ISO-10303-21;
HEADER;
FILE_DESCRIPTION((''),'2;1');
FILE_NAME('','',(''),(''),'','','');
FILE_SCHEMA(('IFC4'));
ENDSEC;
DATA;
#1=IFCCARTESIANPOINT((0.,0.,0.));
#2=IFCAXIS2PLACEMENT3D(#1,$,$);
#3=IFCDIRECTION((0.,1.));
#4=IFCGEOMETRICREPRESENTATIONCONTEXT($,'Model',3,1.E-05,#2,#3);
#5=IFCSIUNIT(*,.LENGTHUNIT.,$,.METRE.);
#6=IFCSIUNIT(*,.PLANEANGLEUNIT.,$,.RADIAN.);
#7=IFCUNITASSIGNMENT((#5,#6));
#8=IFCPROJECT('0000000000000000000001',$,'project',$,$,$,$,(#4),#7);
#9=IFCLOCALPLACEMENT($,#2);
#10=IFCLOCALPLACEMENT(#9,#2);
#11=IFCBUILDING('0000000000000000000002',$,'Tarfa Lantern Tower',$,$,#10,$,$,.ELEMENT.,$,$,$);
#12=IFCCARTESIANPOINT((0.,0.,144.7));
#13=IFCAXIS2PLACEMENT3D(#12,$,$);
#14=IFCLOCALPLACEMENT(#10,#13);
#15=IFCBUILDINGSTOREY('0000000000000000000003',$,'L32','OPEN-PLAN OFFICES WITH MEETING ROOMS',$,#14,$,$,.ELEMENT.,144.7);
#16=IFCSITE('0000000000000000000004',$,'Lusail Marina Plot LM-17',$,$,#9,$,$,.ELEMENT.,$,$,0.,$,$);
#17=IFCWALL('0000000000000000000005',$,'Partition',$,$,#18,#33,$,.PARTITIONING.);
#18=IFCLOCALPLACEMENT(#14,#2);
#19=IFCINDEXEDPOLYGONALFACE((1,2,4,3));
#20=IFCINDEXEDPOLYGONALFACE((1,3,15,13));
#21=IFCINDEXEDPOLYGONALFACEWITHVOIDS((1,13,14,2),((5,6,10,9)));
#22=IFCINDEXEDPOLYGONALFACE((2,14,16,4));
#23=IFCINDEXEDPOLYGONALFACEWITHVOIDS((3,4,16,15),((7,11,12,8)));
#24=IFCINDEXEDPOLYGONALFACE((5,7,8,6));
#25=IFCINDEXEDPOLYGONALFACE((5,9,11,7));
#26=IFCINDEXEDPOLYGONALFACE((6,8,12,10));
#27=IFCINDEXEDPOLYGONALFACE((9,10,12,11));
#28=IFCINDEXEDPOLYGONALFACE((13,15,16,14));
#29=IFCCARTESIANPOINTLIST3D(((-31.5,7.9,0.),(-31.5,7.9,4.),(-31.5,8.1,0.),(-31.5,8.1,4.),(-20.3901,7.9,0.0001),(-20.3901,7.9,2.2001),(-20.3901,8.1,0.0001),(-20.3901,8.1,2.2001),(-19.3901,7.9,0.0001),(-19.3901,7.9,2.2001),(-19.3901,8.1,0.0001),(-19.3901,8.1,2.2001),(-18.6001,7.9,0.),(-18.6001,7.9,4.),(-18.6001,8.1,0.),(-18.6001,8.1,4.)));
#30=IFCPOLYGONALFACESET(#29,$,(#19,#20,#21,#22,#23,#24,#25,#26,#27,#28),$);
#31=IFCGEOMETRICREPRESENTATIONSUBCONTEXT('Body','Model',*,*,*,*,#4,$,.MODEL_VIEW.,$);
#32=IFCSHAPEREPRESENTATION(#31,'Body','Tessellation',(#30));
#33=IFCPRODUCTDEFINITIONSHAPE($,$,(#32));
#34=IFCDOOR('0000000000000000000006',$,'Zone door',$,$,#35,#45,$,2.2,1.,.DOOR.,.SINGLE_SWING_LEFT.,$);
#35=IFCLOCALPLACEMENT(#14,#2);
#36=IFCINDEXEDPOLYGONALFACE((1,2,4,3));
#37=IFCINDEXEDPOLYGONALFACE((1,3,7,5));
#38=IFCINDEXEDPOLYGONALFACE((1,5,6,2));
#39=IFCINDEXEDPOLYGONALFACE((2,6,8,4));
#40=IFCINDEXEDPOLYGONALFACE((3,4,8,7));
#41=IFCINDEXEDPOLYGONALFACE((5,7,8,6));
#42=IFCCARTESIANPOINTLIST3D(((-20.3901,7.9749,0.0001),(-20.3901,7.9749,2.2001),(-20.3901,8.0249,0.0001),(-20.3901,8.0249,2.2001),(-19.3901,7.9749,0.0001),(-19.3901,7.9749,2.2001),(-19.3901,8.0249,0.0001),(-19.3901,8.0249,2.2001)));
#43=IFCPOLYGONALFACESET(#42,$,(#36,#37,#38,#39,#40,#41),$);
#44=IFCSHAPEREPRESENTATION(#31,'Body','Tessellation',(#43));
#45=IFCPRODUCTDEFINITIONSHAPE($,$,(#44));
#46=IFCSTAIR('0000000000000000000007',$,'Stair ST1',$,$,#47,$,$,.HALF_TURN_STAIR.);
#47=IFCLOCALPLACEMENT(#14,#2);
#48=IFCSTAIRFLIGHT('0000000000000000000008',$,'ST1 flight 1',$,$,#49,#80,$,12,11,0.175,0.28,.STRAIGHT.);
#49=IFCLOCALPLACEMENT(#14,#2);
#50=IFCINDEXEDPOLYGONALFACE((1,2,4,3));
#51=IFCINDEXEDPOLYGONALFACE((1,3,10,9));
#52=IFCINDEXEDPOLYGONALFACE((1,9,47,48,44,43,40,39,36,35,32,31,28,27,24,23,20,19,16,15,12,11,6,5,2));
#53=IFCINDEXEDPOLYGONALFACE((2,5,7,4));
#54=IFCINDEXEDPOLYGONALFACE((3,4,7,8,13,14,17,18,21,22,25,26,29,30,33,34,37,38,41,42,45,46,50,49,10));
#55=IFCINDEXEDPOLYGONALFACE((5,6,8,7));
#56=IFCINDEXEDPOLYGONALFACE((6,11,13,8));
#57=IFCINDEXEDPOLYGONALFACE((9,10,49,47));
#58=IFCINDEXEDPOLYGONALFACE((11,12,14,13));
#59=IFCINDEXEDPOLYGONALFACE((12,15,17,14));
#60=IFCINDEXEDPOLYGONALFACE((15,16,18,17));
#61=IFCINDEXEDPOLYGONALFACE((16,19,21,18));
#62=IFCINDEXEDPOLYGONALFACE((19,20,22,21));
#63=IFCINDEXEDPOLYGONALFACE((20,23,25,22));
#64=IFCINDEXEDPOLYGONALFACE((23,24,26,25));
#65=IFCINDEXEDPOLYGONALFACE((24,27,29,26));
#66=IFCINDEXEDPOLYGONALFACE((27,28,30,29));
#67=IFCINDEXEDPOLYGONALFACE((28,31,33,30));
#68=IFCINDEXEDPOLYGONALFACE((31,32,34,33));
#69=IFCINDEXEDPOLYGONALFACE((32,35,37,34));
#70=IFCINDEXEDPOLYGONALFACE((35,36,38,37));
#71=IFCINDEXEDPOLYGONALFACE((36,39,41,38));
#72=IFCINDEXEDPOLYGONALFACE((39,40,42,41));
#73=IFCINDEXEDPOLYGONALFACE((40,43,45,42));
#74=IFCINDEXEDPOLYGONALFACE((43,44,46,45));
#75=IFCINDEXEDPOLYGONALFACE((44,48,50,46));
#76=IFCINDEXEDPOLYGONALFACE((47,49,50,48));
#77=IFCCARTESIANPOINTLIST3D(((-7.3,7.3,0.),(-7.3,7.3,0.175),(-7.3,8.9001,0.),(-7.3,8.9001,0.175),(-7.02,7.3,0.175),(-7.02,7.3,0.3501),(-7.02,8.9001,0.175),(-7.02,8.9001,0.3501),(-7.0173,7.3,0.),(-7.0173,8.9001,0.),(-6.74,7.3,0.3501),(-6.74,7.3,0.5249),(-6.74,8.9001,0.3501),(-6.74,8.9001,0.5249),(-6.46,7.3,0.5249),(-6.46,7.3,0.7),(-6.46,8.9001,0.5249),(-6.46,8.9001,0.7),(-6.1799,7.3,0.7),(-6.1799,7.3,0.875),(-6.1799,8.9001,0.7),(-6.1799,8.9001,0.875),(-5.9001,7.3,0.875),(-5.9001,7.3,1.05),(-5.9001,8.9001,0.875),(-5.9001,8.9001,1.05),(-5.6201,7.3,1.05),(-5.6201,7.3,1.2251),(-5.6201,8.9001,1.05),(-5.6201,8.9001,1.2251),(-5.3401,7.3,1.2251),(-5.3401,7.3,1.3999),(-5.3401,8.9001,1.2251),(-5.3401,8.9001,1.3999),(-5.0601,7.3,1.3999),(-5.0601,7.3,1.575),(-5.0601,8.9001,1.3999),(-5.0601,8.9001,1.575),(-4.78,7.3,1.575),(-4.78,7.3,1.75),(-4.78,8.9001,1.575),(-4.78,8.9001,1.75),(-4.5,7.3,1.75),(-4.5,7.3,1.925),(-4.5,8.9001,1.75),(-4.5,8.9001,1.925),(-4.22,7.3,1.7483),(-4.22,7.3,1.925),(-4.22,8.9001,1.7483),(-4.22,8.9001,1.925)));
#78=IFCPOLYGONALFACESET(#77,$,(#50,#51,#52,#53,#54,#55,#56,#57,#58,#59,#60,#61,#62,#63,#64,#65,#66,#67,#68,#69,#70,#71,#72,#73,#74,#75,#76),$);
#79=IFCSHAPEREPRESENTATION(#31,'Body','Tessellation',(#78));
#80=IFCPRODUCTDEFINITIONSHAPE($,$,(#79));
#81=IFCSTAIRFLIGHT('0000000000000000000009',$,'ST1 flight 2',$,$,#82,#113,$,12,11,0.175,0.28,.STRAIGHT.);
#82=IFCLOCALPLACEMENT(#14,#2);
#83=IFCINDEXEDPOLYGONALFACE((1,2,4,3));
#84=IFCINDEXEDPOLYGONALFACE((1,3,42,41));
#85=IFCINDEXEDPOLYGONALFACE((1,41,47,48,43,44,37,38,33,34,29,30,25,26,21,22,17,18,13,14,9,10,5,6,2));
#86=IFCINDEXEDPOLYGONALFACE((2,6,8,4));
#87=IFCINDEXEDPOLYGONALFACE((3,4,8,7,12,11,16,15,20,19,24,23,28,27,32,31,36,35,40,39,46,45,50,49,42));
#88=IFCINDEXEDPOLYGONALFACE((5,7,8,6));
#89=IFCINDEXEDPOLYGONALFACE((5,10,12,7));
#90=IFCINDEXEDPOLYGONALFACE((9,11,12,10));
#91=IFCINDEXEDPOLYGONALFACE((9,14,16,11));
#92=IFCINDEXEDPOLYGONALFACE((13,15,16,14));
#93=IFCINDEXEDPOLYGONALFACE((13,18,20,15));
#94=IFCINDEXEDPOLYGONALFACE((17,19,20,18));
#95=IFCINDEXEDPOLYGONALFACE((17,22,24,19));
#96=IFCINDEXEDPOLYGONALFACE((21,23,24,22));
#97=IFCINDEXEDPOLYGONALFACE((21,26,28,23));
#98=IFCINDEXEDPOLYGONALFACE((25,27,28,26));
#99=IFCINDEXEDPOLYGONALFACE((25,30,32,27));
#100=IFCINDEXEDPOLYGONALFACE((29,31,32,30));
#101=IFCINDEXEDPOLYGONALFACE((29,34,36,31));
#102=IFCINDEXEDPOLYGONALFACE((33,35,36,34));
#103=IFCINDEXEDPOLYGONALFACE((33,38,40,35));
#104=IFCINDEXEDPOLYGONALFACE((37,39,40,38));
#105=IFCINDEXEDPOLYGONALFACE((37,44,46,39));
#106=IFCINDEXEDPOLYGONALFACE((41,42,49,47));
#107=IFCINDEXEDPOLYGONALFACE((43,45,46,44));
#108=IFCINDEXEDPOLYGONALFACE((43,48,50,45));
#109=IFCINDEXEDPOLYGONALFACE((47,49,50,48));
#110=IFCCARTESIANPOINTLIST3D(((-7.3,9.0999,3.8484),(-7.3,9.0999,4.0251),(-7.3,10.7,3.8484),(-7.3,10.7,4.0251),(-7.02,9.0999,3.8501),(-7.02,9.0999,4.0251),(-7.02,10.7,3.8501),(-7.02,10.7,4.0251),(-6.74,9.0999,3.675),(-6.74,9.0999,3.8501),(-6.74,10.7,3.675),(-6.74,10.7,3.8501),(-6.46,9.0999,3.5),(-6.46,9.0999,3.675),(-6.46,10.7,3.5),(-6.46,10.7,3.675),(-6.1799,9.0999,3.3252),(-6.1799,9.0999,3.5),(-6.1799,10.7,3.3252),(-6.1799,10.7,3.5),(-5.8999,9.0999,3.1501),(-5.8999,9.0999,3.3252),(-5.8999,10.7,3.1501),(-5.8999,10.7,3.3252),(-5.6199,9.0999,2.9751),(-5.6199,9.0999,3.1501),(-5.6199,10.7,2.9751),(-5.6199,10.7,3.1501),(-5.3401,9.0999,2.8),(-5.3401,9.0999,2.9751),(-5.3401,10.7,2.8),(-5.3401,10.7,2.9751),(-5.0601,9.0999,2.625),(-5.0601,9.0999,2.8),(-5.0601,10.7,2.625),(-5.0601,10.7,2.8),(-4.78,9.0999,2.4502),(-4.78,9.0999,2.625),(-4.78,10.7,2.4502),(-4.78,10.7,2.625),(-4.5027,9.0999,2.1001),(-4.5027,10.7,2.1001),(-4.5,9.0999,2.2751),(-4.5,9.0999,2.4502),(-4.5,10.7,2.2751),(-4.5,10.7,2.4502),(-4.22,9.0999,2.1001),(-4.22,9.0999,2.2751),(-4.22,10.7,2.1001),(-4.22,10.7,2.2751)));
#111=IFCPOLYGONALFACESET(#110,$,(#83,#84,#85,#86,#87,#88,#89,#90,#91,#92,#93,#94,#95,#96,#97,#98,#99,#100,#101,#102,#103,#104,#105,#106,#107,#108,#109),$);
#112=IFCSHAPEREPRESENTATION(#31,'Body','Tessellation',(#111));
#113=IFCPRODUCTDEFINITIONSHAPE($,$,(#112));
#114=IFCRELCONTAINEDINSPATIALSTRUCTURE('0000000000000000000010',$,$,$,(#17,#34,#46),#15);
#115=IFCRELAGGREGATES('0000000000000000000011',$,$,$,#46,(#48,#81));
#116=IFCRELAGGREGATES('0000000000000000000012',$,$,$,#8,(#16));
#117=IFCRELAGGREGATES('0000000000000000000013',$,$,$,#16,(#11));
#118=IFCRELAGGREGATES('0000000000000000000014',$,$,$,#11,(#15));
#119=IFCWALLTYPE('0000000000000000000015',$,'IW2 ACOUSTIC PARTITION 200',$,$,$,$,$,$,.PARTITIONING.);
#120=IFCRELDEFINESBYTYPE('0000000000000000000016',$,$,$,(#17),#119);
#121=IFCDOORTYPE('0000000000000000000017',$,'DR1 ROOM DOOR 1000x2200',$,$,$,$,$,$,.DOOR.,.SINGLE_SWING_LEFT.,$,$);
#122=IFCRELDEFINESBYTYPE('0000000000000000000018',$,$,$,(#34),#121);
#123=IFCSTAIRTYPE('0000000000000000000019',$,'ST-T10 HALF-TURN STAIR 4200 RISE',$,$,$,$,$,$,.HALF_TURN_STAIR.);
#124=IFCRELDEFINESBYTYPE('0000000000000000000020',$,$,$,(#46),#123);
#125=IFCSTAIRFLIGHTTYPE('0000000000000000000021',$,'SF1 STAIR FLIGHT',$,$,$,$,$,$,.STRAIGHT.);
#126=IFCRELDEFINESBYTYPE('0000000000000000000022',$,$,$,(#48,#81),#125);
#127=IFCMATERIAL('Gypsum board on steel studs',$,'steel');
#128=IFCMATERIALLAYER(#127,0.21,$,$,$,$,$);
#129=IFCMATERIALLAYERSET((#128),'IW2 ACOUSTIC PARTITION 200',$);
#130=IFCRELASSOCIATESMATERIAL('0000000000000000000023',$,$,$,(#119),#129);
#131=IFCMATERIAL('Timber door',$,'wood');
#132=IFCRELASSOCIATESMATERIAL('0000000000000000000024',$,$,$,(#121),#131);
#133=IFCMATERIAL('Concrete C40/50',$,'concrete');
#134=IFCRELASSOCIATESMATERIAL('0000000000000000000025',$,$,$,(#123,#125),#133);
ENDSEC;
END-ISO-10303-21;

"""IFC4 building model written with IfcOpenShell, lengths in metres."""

from ifc_helpers import new_model, si_unit, direction, frame, frame_2d, origin, place, context, subcontext, project, spatial, polyline, rectangle, outline, extrude, material, layer, layer_set, type_object, element, fill, aggregate, save


model = new_model("IFC4")

# Units and contexts
model_context = context("Model", 3, precision=1e-05, world=origin(), true_north=direction((0.0, 1.0)))
body_context = subcontext(model_context, "Body", "Model", "MODEL_VIEW")
ifc_project = project(units=[si_unit("LENGTHUNIT", "METRE"), si_unit("PLANEANGLEUNIT", "RADIAN")], contexts=[model_context])

# Site, building, storey
site_placement = place(None, origin())
site = spatial("IfcSite", under=ifc_project, at=site_placement, Name="Lusail Marina Plot LM-17", CompositionType="ELEMENT", RefElevation=0.0)
building_placement = place(site_placement, origin())
building = spatial("IfcBuilding", under=site, at=building_placement, Name="Tarfa Lantern Tower", CompositionType="ELEMENT")
storey_placement = place(building_placement, frame((0.0, 0.0, 144.7)))
storey = spatial("IfcBuildingStorey", under=building, at=storey_placement, Name="L32", Description="OPEN-PLAN OFFICES WITH MEETING ROOMS", CompositionType="ELEMENT", Elevation=144.7)

# Shared definitions
ifc_material_1 = material(Name="Gypsum board on steel studs", Category="steel")
ifc_layer_1 = layer(ifc_material_1, 0.21)
ifc_layer_set_1 = layer_set([ifc_layer_1], Name="IW2 ACOUSTIC PARTITION 200")
wall_type_1 = type_object("IfcWallType", Name="IW2 ACOUSTIC PARTITION 200", PredefinedType="PARTITIONING", material=ifc_layer_set_1)

# Shared definitions
ifc_material_2 = material(Name="Timber door", Category="wood")

# Wall, opening, door
wall_1_placement = place(storey_placement, frame((-18.6001, 8.0, 0.0), z_axis=(0.0, 0.0, 1.0), x_axis=(-1.0, 0.0, 0.0)))
wall_1 = element("IfcWall", 1, at=wall_1_placement, inside=storey, type_object=wall_type_1, Name="Partition", PredefinedType="PARTITIONING", context=body_context, shape_type="SweptSolid", body=[
    extrude(rectangle(XDim=12.8999, YDim=0.2, at=frame_2d((6.45, 0.0))), origin(), (0.0, 0.0, 1.0), 4.0),
])
opening_1_placement = place(wall_1_placement, frame((0.79, 0.0, 0.0)))
opening_1 = element("IfcOpeningElement", 2, at=opening_1_placement, cuts=wall_1, PredefinedType="OPENING", context=body_context, shape_type="SweptSolid", body=[
    extrude(rectangle(XDim=1.0, YDim=2.2, at=frame_2d((0.5, 1.1001))), frame((0.0, 0.1099, 0.0), z_axis=(0.0, -1.0, 0.0), x_axis=(1.0, 0.0, 0.0)), (0.0, 0.0, 1.0), 0.22),
])
door_type_1 = type_object("IfcDoorType", Name="DR1 ROOM DOOR 1000x2200", OperationType="SINGLE_SWING_LEFT", PredefinedType="DOOR", material=ifc_material_2)
door_1_placement = place(opening_1_placement, frame((1.0, 0.0, 0.0), z_axis=(0.0, 0.0, 1.0), x_axis=(-1.0, 0.0, 0.0)))
door_1 = element("IfcDoor", 3, at=door_1_placement, inside=storey, type_object=door_type_1, Name="Zone door", OperationType="SINGLE_SWING_LEFT", OverallHeight=2.2, OverallWidth=1.0, PredefinedType="DOOR", context=body_context, shape_type="SweptSolid", body=[
    extrude(rectangle(XDim=1.0, YDim=2.2, at=frame_2d((0.5, 1.1001))), frame((0.0, 0.0249, 0.0), z_axis=(0.0, -1.0, 0.0), x_axis=(1.0, 0.0, 0.0)), (0.0, 0.0, 1.0), 0.05),
])
fill(opening_1, door_1)

# Stair, stair flights
ifc_material_3 = material(Name="Concrete C40/50", Category="concrete")
stair_type = type_object("IfcStairType", Name="ST-T10 HALF-TURN STAIR 4200 RISE", PredefinedType="HALF_TURN_STAIR", material=ifc_material_3)
stair_placement = place(storey_placement, origin())
stair = element("IfcStair", 4, at=stair_placement, inside=storey, type_object=stair_type, Name="Stair ST1", PredefinedType="HALF_TURN_STAIR")
stair_flight_type = type_object("IfcStairFlightType", Name="SF1 STAIR FLIGHT", PredefinedType="STRAIGHT", material=ifc_material_3)
stair_flight_1_placement = place(storey_placement, frame((-7.3, 8.1001, 0.0), z_axis=(0.0, 0.0, 1.0), x_axis=(1.0, 0.0, 0.0)))
stair_flight_1 = element("IfcStairFlight", 5, at=stair_flight_1_placement, type_object=stair_flight_type, Name="ST1 flight 1", NumberOfRisers=12, NumberOfTreads=11, PredefinedType="STRAIGHT", RiserHeight=0.175, TreadLength=0.28, context=body_context, shape_type="SweptSolid", body=[
    extrude(outline(polyline([(0.0, 0.0), (0.0, 0.175), (0.28, 0.175), (0.28, 0.3501), (0.5601, 0.3501), (0.5601, 0.5249), (0.8401, 0.5249), (0.8401, 0.7), (1.1201, 0.7), (1.1201, 0.875), (1.3999, 0.875), (1.3999, 1.05), (1.6799, 1.05), (1.6799, 1.2251), (1.96, 1.2251), (1.96, 1.3999), (2.24, 1.3999), (2.24, 1.575), (2.52, 1.575), (2.52, 1.75), (2.8, 1.75), (2.8, 1.925), (3.0801, 1.925), (3.0801, 2.1001), (3.0801, 1.7483), (0.2827, 0.0), (0.0, 0.0)])), frame((0.0, 0.8, 0.0), z_axis=(0.0, -1.0, 0.0), x_axis=(1.0, 0.0, 0.0)), (0.0, 0.0, 1.0), 1.6001),
])
stair_flight_2_placement = place(storey_placement, frame((-4.22, 9.8999, 2.1001), z_axis=(0.0, 0.0, 1.0), x_axis=(-1.0, 0.0, 0.0)))
stair_flight_2 = element("IfcStairFlight", 6, at=stair_flight_2_placement, type_object=stair_flight_type, Name="ST1 flight 2", NumberOfRisers=12, NumberOfTreads=11, PredefinedType="STRAIGHT", RiserHeight=0.175, TreadLength=0.28, context=body_context, shape_type="SweptSolid", body=[
    extrude(outline(polyline([(0.0, 0.0), (0.0, 0.175), (0.28, 0.175), (0.28, 0.3501), (0.5601, 0.3501), (0.5601, 0.5249), (0.8401, 0.5249), (0.8401, 0.7), (1.1201, 0.7), (1.1201, 0.875), (1.3999, 0.875), (1.3999, 1.05), (1.6799, 1.05), (1.6799, 1.2251), (1.96, 1.2251), (1.96, 1.3999), (2.24, 1.3999), (2.24, 1.575), (2.52, 1.575), (2.52, 1.75), (2.8, 1.75), (2.8, 1.925), (3.0801, 1.925), (3.0801, 2.1001), (3.0801, 1.7483), (0.2827, 0.0), (0.0, 0.0)])), frame((0.0, 0.8, 0.0), z_axis=(0.0, -1.0, 0.0), x_axis=(1.0, 0.0, 0.0)), (0.0, 0.0, 1.0), 1.6001),
])
aggregate(stair, [stair_flight_1, stair_flight_2])

save(model, "model.ifc")
